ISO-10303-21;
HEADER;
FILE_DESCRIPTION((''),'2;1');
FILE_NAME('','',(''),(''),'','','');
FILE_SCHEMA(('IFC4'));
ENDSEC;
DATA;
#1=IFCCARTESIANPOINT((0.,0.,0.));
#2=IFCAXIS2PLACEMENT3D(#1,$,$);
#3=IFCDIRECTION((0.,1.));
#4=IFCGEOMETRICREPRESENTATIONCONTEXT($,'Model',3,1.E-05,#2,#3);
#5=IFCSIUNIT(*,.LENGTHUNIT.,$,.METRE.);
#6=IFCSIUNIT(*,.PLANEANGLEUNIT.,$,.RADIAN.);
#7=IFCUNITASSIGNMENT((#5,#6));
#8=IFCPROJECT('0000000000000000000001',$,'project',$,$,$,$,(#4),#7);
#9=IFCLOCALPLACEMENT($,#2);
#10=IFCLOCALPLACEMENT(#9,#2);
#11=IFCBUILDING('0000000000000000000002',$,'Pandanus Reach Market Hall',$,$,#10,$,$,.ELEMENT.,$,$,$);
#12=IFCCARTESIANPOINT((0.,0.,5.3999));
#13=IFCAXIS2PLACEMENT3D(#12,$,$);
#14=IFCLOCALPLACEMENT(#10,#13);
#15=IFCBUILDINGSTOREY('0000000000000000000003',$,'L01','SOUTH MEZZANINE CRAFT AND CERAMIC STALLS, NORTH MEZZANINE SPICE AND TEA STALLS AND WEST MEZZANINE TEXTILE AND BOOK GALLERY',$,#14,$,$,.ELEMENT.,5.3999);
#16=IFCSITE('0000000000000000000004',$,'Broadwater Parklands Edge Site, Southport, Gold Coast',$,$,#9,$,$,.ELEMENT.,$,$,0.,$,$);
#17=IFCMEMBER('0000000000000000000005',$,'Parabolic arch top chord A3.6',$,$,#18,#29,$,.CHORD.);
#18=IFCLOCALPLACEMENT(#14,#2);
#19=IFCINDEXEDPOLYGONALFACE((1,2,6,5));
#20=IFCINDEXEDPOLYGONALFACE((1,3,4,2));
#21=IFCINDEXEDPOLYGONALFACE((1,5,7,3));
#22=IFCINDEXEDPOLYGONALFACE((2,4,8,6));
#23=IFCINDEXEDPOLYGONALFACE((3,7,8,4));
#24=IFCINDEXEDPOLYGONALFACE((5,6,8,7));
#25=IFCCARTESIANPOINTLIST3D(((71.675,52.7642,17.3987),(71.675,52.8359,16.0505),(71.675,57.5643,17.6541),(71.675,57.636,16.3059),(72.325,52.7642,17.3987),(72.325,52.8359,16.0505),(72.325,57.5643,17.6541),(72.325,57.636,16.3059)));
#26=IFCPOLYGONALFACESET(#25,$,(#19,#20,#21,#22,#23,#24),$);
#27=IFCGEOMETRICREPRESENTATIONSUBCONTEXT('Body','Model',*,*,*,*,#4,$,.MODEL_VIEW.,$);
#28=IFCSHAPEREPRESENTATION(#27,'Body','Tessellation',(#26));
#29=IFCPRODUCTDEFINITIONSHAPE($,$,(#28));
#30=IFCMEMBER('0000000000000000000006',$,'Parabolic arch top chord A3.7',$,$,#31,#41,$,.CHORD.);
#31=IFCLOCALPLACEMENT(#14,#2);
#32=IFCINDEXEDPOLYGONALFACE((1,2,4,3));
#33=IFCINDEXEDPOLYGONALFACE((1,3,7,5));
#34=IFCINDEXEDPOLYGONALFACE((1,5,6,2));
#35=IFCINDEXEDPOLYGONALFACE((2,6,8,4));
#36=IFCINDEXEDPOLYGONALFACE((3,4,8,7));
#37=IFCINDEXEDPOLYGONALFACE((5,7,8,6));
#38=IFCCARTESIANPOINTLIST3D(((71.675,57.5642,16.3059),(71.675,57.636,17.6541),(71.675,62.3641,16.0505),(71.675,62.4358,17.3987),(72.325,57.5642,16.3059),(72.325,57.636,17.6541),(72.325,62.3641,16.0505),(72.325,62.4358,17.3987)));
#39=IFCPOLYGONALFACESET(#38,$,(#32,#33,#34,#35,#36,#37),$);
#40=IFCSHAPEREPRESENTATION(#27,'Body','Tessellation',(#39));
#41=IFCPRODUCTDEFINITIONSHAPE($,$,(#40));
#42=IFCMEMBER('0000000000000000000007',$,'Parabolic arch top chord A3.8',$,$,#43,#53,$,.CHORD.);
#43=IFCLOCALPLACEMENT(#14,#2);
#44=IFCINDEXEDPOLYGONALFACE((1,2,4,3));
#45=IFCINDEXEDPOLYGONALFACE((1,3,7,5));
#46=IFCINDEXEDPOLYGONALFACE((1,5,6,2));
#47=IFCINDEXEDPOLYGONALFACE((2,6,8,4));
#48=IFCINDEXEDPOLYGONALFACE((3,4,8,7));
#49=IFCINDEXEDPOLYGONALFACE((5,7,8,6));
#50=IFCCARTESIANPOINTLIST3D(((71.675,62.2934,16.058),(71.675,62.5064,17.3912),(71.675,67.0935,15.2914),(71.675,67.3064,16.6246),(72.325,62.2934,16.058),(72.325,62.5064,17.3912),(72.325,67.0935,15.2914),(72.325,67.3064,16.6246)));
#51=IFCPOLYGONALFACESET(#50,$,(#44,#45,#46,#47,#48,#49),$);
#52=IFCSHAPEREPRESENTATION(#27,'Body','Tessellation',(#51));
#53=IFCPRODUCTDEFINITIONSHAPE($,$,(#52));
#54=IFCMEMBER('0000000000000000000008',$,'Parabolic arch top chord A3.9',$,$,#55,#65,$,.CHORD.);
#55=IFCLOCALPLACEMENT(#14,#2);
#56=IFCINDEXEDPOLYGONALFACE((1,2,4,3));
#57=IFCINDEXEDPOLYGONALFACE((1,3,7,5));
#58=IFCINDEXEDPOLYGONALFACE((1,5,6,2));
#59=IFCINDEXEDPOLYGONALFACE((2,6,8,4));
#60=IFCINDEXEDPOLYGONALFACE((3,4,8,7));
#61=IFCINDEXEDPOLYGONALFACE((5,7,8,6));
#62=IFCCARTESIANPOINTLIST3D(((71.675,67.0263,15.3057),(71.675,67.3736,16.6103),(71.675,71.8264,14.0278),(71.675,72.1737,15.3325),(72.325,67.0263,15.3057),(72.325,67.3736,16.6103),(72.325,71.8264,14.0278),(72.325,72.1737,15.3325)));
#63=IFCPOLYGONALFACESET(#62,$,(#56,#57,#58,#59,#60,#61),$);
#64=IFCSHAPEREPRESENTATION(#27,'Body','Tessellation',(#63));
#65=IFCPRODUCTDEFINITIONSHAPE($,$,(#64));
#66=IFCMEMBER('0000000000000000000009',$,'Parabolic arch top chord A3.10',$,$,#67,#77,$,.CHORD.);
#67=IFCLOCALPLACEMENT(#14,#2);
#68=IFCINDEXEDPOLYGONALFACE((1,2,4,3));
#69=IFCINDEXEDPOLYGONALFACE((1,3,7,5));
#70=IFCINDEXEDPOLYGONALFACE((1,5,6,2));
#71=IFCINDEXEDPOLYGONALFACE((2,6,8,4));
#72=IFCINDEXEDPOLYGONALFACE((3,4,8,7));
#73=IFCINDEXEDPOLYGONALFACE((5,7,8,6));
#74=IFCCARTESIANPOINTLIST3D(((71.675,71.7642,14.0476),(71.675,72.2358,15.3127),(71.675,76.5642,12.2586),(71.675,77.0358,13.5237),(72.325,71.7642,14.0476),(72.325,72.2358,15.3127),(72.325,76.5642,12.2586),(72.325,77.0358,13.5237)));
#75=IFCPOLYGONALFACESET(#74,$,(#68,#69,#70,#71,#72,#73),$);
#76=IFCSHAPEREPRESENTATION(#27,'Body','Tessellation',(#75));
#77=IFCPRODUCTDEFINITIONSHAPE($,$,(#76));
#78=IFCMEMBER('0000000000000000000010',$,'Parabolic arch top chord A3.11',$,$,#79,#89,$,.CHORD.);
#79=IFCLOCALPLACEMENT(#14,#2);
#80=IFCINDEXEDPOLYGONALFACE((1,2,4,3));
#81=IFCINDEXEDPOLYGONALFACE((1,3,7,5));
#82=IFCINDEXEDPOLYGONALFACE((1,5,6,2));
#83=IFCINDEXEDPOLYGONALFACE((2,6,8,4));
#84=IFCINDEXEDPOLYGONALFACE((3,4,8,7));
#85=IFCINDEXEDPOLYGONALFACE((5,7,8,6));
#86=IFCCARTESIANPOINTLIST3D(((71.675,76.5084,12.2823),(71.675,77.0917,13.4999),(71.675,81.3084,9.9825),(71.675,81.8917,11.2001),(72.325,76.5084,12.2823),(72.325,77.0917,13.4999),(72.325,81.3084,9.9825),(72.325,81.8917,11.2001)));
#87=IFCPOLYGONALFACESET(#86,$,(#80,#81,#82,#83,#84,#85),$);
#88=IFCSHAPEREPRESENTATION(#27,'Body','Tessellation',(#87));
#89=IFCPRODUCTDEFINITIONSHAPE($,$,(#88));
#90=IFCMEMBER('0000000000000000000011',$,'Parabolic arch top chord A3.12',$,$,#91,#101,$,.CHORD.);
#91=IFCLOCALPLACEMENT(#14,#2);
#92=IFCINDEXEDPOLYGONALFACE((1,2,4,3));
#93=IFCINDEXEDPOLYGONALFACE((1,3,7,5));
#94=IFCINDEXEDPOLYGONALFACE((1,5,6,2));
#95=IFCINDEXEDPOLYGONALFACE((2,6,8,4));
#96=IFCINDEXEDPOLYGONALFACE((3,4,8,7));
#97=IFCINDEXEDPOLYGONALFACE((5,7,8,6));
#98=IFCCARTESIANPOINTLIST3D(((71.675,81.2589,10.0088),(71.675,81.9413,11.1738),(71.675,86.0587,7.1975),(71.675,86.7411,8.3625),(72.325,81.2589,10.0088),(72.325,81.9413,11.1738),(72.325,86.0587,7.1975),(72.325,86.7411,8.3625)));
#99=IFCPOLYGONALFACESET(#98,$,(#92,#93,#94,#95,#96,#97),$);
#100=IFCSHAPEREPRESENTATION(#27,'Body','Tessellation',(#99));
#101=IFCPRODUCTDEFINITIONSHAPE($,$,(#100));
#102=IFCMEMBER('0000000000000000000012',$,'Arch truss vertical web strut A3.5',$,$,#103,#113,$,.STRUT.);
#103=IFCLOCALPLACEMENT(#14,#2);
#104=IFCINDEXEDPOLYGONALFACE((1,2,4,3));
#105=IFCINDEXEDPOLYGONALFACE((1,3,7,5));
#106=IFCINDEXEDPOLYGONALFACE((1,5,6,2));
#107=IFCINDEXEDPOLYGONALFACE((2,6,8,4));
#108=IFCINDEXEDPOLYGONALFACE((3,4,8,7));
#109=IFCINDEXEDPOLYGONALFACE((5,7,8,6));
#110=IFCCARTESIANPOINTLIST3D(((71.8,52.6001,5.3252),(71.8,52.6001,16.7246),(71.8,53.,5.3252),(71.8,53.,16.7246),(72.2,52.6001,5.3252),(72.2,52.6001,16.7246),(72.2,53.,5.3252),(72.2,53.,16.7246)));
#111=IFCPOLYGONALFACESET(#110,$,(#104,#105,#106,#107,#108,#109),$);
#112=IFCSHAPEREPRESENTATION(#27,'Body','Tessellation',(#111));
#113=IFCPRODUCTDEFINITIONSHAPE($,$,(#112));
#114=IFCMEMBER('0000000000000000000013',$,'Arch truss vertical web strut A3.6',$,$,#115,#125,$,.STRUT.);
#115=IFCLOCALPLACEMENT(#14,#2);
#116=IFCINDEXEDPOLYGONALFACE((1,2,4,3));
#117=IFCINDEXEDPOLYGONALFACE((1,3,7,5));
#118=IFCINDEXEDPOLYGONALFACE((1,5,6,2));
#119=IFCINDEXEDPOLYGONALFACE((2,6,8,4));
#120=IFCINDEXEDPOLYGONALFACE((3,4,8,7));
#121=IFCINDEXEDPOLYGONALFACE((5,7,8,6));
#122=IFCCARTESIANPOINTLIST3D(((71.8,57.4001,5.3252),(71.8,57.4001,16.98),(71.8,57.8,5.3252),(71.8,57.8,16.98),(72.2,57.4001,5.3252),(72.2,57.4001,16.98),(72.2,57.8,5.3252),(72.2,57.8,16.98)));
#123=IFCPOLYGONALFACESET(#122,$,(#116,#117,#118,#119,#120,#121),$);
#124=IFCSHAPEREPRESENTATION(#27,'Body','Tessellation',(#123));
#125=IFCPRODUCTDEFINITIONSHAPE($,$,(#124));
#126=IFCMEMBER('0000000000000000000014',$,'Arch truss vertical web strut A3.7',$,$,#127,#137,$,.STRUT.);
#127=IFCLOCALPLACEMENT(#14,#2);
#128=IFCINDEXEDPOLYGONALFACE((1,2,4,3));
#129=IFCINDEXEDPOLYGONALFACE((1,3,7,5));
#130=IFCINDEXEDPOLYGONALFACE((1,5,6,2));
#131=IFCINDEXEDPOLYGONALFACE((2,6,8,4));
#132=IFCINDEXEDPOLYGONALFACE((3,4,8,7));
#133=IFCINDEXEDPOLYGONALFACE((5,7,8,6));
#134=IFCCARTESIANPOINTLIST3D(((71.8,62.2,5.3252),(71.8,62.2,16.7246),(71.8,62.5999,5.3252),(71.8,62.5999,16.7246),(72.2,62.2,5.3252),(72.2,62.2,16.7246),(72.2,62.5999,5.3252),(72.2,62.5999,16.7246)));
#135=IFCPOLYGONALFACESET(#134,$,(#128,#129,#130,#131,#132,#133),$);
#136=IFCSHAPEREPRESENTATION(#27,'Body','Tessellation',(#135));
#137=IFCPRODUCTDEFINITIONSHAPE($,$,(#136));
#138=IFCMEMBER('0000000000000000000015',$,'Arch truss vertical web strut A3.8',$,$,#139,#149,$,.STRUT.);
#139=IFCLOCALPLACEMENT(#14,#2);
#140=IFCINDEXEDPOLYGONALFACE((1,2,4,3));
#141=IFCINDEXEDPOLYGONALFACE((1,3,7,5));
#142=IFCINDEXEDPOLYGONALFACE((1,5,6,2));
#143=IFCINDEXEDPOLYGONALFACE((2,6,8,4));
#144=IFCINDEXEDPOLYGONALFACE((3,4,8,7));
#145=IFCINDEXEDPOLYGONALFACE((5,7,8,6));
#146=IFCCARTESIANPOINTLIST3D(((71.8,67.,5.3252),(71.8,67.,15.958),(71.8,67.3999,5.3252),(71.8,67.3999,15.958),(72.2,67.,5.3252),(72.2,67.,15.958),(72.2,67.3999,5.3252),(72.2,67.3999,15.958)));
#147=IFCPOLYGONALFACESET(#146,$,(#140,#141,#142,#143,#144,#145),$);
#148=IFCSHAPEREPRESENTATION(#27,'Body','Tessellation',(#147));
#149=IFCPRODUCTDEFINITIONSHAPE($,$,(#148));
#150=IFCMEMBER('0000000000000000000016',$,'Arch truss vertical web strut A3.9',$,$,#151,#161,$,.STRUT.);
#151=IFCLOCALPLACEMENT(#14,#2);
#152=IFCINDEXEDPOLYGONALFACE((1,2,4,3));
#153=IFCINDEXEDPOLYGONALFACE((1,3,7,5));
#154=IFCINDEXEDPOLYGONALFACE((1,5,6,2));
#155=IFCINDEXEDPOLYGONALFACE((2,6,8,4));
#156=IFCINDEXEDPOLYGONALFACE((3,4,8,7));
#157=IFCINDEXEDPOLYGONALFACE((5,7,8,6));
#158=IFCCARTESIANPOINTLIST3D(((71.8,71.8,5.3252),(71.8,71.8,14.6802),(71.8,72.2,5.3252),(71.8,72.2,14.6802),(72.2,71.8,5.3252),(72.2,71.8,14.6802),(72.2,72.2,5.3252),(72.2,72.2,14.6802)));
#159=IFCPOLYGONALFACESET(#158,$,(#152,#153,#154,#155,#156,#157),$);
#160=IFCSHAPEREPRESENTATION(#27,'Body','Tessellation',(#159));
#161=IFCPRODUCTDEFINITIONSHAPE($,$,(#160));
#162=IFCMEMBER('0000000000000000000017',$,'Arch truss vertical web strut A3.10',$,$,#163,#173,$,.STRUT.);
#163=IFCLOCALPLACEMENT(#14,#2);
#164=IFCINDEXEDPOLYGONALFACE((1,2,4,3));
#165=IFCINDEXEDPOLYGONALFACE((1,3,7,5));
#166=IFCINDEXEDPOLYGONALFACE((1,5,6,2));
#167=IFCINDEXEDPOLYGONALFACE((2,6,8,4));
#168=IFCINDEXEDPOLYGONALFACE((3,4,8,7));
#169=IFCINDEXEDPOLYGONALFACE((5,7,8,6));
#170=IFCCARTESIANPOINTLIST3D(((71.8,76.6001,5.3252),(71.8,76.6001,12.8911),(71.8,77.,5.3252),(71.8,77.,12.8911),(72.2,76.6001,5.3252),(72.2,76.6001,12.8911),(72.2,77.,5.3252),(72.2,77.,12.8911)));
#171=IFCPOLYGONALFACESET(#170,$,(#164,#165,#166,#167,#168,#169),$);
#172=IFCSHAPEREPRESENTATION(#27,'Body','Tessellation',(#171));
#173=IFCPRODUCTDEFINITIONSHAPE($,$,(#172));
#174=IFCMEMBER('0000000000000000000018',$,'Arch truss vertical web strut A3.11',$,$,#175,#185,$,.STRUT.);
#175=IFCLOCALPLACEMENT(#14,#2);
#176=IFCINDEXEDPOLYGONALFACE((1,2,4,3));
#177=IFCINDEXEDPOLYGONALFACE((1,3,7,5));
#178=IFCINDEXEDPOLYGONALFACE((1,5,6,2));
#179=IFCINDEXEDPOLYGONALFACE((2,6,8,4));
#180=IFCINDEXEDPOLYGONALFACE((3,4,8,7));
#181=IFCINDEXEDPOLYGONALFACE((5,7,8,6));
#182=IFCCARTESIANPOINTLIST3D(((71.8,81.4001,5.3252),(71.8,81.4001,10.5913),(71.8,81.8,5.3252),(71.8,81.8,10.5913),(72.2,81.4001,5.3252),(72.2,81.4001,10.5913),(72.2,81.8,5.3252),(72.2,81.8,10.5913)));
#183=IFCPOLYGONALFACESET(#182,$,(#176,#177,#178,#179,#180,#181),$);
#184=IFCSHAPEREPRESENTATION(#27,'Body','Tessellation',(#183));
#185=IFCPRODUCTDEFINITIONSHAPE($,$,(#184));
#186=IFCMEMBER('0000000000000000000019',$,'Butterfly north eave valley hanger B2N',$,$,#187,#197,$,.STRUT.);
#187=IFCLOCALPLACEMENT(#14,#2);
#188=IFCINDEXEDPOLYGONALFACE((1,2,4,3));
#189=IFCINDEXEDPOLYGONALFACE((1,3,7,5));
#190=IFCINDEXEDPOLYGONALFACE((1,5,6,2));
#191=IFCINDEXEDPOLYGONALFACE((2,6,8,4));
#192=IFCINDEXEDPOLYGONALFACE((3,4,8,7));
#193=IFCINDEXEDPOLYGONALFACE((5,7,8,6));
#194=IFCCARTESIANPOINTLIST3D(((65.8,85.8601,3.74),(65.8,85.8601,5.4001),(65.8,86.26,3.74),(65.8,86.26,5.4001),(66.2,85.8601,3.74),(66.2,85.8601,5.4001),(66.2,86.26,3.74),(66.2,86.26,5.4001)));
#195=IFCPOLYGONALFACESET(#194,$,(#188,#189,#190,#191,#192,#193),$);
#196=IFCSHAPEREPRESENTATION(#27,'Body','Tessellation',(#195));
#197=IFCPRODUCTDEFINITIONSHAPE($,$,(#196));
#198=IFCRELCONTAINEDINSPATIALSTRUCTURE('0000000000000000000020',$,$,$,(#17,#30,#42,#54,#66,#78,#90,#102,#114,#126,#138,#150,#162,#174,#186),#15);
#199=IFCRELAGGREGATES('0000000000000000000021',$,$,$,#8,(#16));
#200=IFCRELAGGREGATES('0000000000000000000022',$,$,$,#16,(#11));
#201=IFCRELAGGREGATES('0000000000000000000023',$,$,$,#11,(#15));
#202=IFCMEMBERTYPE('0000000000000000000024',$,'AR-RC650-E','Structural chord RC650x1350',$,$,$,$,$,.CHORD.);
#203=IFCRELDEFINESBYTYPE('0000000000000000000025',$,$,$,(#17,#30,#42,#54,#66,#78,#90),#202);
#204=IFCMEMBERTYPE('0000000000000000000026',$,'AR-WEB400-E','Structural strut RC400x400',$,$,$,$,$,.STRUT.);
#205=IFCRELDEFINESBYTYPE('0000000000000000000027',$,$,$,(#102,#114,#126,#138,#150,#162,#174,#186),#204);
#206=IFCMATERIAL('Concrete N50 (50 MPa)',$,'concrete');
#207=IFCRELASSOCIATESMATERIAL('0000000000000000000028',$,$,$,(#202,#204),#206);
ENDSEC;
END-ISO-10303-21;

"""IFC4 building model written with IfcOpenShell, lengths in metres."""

from ifc_helpers import new_model, si_unit, direction, frame, origin, origin_2d, place, context, subcontext, project, spatial, rectangle, extrude, material, material_profile, profile_set, type_object, element, save


model = new_model("IFC4")

# Units and contexts
model_context = context("Model", 3, precision=1e-05, world=origin(), true_north=direction((0.0, 1.0)))
body_context = subcontext(model_context, "Body", "Model", "MODEL_VIEW")
ifc_project = project(units=[si_unit("LENGTHUNIT", "METRE"), si_unit("PLANEANGLEUNIT", "RADIAN")], contexts=[model_context])

# Site, building, storey
site_placement = place(None, origin())
site = spatial("IfcSite", under=ifc_project, at=site_placement, Name="Broadwater Parklands Edge Site, Southport, Gold Coast", CompositionType="ELEMENT", RefElevation=0.0)
building_placement = place(site_placement, origin())
building = spatial("IfcBuilding", under=site, at=building_placement, Name="Pandanus Reach Market Hall", CompositionType="ELEMENT")
storey_placement = place(building_placement, frame((0.0, 0.0, 5.3999)))
storey = spatial("IfcBuildingStorey", under=building, at=storey_placement, Name="L01", Description="SOUTH MEZZANINE CRAFT AND CERAMIC STALLS, NORTH MEZZANINE SPICE AND TEA STALLS AND WEST MEZZANINE TEXTILE AND BOOK GALLERY", CompositionType="ELEMENT", Elevation=5.3999)

# Members
ifc_material_1 = material(Name="Concrete N50 (50 MPa)", Category="concrete")
ifc_material_profile_1 = material_profile(ifc_material_1, rectangle(XDim=0.6499, YDim=1.3501, at=origin_2d()), Name="RC650x1350", Category="LoadBearing")
ifc_profile_set_1 = profile_set([ifc_material_profile_1], Name="Concrete N50 (50 MPa)")
member_type_1 = type_object("IfcMemberType", Name="AR-RC650-E", Description="Structural chord RC650x1350", PredefinedType="CHORD", material=ifc_profile_set_1)
member_1_placement = place(storey_placement, frame((72.0, 52.8, 16.7246), z_axis=(0.0, 0.998588, 0.053127), x_axis=(-1.0, 0.0, 0.0)))
element("IfcMember", 1, at=member_1_placement, inside=storey, type_object=member_type_1, Name="Parabolic arch top chord A3.6", PredefinedType="CHORD", context=body_context, shape_type="SweptSolid", body=[
    extrude(rectangle(XDim=0.6499, YDim=1.3501, at=origin_2d()), origin(), (0.0, 0.0, 1.0), 4.8069),
])
member_2_placement = place(storey_placement, frame((72.0, 57.6001, 16.98), z_axis=(0.0, 0.998588, -0.053129), x_axis=(-1.0, 0.0, 0.0)))
element("IfcMember", 2, at=member_2_placement, inside=storey, type_object=member_type_1, Name="Parabolic arch top chord A3.7", PredefinedType="CHORD", context=body_context, shape_type="SweptSolid", body=[
    extrude(rectangle(XDim=0.6499, YDim=1.3501, at=origin_2d()), origin(), (0.0, 0.0, 1.0), 4.8066),
])
member_3_placement = place(storey_placement, frame((72.0, 62.3999, 16.7246), z_axis=(0.0, 0.987486, -0.157708), x_axis=(-1.0, 0.0, 0.0)))
element("IfcMember", 3, at=member_3_placement, inside=storey, type_object=member_type_1, Name="Parabolic arch top chord A3.8", PredefinedType="CHORD", context=body_context, shape_type="SweptSolid", body=[
    extrude(rectangle(XDim=0.6499, YDim=1.3501, at=origin_2d()), origin(), (0.0, 0.0, 1.0), 4.8608),
])
member_4_placement = place(storey_placement, frame((72.0, 67.2, 15.958), z_axis=(0.0, 0.966344, -0.257253), x_axis=(-1.0, 0.0, 0.0)))
element("IfcMember", 4, at=member_4_placement, inside=storey, type_object=member_type_1, Name="Parabolic arch top chord A3.9", PredefinedType="CHORD", context=body_context, shape_type="SweptSolid", body=[
    extrude(rectangle(XDim=0.6499, YDim=1.3501, at=origin_2d()), origin(), (0.0, 0.0, 1.0), 4.9673),
])
member_5_placement = place(storey_placement, frame((72.0, 72.0, 14.6802), z_axis=(0.0, 0.93703, -0.349248), x_axis=(-1.0, 0.0, 0.0)))
element("IfcMember", 5, at=member_5_placement, inside=storey, type_object=member_type_1, Name="Parabolic arch top chord A3.10", PredefinedType="CHORD", context=body_context, shape_type="SweptSolid", body=[
    extrude(rectangle(XDim=0.6499, YDim=1.3501, at=origin_2d()), origin(), (0.0, 0.0, 1.0), 5.1226),
])
member_6_placement = place(storey_placement, frame((72.0, 76.8, 12.8911), z_axis=(0.0, 0.901832, -0.432087), x_axis=(-1.0, 0.0, 0.0)))
element("IfcMember", 6, at=member_6_placement, inside=storey, type_object=member_type_1, Name="Parabolic arch top chord A3.11", PredefinedType="CHORD", context=body_context, shape_type="SweptSolid", body=[
    extrude(rectangle(XDim=0.6499, YDim=1.3501, at=origin_2d()), origin(), (0.0, 0.0, 1.0), 5.3225),
])
member_7_placement = place(storey_placement, frame((72.0, 81.6001, 10.5913), z_axis=(0.0, 0.862886, -0.505398), x_axis=(-1.0, 0.0, 0.0)))
element("IfcMember", 7, at=member_7_placement, inside=storey, type_object=member_type_1, Name="Parabolic arch top chord A3.12", PredefinedType="CHORD", context=body_context, shape_type="SweptSolid", body=[
    extrude(rectangle(XDim=0.6499, YDim=1.3501, at=origin_2d()), origin(), (0.0, 0.0, 1.0), 5.5625),
])
ifc_material_profile_2 = material_profile(ifc_material_1, rectangle(XDim=0.3999, YDim=0.3999, at=origin_2d()), Name="RC400x400", Category="LoadBearing")
ifc_profile_set_2 = profile_set([ifc_material_profile_2], Name="Concrete N50 (50 MPa)")
member_type_2 = type_object("IfcMemberType", Name="AR-WEB400-E", Description="Structural strut RC400x400", PredefinedType="STRUT", material=ifc_profile_set_2)
member_8_placement = place(storey_placement, frame((72.0, 52.8, 5.3252), z_axis=(0.0, 0.0, 1.0), x_axis=(1.0, 0.0, 0.0)))
element("IfcMember", 8, at=member_8_placement, inside=storey, type_object=member_type_2, Name="Arch truss vertical web strut A3.5", PredefinedType="STRUT", context=body_context, shape_type="SweptSolid", body=[
    extrude(rectangle(XDim=0.3999, YDim=0.3999, at=origin_2d()), origin(), (0.0, 0.0, 1.0), 11.3994),
])
member_9_placement = place(storey_placement, frame((72.0, 57.6001, 5.3252), z_axis=(0.0, 0.0, 1.0), x_axis=(1.0, 0.0, 0.0)))
element("IfcMember", 9, at=member_9_placement, inside=storey, type_object=member_type_2, Name="Arch truss vertical web strut A3.6", PredefinedType="STRUT", context=body_context, shape_type="SweptSolid", body=[
    extrude(rectangle(XDim=0.3999, YDim=0.3999, at=origin_2d()), origin(), (0.0, 0.0, 1.0), 11.6548),
])
member_10_placement = place(storey_placement, frame((72.0, 62.3999, 5.3252), z_axis=(0.0, 0.0, 1.0), x_axis=(1.0, 0.0, 0.0)))
element("IfcMember", 10, at=member_10_placement, inside=storey, type_object=member_type_2, Name="Arch truss vertical web strut A3.7", PredefinedType="STRUT", context=body_context, shape_type="SweptSolid", body=[
    extrude(rectangle(XDim=0.3999, YDim=0.3999, at=origin_2d()), origin(), (0.0, 0.0, 1.0), 11.3994),
])
member_11_placement = place(storey_placement, frame((72.0, 67.2, 5.3252), z_axis=(0.0, 0.0, 1.0), x_axis=(1.0, 0.0, 0.0)))
element("IfcMember", 11, at=member_11_placement, inside=storey, type_object=member_type_2, Name="Arch truss vertical web strut A3.8", PredefinedType="STRUT", context=body_context, shape_type="SweptSolid", body=[
    extrude(rectangle(XDim=0.3999, YDim=0.3999, at=origin_2d()), origin(), (0.0, 0.0, 1.0), 10.6328),
])
member_12_placement = place(storey_placement, frame((72.0, 72.0, 5.3252), z_axis=(0.0, 0.0, 1.0), x_axis=(1.0, 0.0, 0.0)))
element("IfcMember", 12, at=member_12_placement, inside=storey, type_object=member_type_2, Name="Arch truss vertical web strut A3.9", PredefinedType="STRUT", context=body_context, shape_type="SweptSolid", body=[
    extrude(rectangle(XDim=0.3999, YDim=0.3999, at=origin_2d()), origin(), (0.0, 0.0, 1.0), 9.355),
])
member_13_placement = place(storey_placement, frame((72.0, 76.8, 5.3252), z_axis=(0.0, 0.0, 1.0), x_axis=(1.0, 0.0, 0.0)))
element("IfcMember", 13, at=member_13_placement, inside=storey, type_object=member_type_2, Name="Arch truss vertical web strut A3.10", PredefinedType="STRUT", context=body_context, shape_type="SweptSolid", body=[
    extrude(rectangle(XDim=0.3999, YDim=0.3999, at=origin_2d()), origin(), (0.0, 0.0, 1.0), 7.5659),
])
member_14_placement = place(storey_placement, frame((72.0, 81.6001, 5.3252), z_axis=(0.0, 0.0, 1.0), x_axis=(1.0, 0.0, 0.0)))
element("IfcMember", 14, at=member_14_placement, inside=storey, type_object=member_type_2, Name="Arch truss vertical web strut A3.11", PredefinedType="STRUT", context=body_context, shape_type="SweptSolid", body=[
    extrude(rectangle(XDim=0.3999, YDim=0.3999, at=origin_2d()), origin(), (0.0, 0.0, 1.0), 5.2661),
])
member_15_placement = place(storey_placement, frame((66.0, 86.0601, 3.74), z_axis=(0.0, 0.0, 1.0), x_axis=(1.0, 0.0, 0.0)))
element("IfcMember", 15, at=member_15_placement, inside=storey, type_object=member_type_2, Name="Butterfly north eave valley hanger B2N", PredefinedType="STRUT", context=body_context, shape_type="SweptSolid", body=[
    extrude(rectangle(XDim=0.3999, YDim=0.3999, at=origin_2d()), origin(), (0.0, 0.0, 1.0), 1.6602),
])

save(model, "model.ifc")
